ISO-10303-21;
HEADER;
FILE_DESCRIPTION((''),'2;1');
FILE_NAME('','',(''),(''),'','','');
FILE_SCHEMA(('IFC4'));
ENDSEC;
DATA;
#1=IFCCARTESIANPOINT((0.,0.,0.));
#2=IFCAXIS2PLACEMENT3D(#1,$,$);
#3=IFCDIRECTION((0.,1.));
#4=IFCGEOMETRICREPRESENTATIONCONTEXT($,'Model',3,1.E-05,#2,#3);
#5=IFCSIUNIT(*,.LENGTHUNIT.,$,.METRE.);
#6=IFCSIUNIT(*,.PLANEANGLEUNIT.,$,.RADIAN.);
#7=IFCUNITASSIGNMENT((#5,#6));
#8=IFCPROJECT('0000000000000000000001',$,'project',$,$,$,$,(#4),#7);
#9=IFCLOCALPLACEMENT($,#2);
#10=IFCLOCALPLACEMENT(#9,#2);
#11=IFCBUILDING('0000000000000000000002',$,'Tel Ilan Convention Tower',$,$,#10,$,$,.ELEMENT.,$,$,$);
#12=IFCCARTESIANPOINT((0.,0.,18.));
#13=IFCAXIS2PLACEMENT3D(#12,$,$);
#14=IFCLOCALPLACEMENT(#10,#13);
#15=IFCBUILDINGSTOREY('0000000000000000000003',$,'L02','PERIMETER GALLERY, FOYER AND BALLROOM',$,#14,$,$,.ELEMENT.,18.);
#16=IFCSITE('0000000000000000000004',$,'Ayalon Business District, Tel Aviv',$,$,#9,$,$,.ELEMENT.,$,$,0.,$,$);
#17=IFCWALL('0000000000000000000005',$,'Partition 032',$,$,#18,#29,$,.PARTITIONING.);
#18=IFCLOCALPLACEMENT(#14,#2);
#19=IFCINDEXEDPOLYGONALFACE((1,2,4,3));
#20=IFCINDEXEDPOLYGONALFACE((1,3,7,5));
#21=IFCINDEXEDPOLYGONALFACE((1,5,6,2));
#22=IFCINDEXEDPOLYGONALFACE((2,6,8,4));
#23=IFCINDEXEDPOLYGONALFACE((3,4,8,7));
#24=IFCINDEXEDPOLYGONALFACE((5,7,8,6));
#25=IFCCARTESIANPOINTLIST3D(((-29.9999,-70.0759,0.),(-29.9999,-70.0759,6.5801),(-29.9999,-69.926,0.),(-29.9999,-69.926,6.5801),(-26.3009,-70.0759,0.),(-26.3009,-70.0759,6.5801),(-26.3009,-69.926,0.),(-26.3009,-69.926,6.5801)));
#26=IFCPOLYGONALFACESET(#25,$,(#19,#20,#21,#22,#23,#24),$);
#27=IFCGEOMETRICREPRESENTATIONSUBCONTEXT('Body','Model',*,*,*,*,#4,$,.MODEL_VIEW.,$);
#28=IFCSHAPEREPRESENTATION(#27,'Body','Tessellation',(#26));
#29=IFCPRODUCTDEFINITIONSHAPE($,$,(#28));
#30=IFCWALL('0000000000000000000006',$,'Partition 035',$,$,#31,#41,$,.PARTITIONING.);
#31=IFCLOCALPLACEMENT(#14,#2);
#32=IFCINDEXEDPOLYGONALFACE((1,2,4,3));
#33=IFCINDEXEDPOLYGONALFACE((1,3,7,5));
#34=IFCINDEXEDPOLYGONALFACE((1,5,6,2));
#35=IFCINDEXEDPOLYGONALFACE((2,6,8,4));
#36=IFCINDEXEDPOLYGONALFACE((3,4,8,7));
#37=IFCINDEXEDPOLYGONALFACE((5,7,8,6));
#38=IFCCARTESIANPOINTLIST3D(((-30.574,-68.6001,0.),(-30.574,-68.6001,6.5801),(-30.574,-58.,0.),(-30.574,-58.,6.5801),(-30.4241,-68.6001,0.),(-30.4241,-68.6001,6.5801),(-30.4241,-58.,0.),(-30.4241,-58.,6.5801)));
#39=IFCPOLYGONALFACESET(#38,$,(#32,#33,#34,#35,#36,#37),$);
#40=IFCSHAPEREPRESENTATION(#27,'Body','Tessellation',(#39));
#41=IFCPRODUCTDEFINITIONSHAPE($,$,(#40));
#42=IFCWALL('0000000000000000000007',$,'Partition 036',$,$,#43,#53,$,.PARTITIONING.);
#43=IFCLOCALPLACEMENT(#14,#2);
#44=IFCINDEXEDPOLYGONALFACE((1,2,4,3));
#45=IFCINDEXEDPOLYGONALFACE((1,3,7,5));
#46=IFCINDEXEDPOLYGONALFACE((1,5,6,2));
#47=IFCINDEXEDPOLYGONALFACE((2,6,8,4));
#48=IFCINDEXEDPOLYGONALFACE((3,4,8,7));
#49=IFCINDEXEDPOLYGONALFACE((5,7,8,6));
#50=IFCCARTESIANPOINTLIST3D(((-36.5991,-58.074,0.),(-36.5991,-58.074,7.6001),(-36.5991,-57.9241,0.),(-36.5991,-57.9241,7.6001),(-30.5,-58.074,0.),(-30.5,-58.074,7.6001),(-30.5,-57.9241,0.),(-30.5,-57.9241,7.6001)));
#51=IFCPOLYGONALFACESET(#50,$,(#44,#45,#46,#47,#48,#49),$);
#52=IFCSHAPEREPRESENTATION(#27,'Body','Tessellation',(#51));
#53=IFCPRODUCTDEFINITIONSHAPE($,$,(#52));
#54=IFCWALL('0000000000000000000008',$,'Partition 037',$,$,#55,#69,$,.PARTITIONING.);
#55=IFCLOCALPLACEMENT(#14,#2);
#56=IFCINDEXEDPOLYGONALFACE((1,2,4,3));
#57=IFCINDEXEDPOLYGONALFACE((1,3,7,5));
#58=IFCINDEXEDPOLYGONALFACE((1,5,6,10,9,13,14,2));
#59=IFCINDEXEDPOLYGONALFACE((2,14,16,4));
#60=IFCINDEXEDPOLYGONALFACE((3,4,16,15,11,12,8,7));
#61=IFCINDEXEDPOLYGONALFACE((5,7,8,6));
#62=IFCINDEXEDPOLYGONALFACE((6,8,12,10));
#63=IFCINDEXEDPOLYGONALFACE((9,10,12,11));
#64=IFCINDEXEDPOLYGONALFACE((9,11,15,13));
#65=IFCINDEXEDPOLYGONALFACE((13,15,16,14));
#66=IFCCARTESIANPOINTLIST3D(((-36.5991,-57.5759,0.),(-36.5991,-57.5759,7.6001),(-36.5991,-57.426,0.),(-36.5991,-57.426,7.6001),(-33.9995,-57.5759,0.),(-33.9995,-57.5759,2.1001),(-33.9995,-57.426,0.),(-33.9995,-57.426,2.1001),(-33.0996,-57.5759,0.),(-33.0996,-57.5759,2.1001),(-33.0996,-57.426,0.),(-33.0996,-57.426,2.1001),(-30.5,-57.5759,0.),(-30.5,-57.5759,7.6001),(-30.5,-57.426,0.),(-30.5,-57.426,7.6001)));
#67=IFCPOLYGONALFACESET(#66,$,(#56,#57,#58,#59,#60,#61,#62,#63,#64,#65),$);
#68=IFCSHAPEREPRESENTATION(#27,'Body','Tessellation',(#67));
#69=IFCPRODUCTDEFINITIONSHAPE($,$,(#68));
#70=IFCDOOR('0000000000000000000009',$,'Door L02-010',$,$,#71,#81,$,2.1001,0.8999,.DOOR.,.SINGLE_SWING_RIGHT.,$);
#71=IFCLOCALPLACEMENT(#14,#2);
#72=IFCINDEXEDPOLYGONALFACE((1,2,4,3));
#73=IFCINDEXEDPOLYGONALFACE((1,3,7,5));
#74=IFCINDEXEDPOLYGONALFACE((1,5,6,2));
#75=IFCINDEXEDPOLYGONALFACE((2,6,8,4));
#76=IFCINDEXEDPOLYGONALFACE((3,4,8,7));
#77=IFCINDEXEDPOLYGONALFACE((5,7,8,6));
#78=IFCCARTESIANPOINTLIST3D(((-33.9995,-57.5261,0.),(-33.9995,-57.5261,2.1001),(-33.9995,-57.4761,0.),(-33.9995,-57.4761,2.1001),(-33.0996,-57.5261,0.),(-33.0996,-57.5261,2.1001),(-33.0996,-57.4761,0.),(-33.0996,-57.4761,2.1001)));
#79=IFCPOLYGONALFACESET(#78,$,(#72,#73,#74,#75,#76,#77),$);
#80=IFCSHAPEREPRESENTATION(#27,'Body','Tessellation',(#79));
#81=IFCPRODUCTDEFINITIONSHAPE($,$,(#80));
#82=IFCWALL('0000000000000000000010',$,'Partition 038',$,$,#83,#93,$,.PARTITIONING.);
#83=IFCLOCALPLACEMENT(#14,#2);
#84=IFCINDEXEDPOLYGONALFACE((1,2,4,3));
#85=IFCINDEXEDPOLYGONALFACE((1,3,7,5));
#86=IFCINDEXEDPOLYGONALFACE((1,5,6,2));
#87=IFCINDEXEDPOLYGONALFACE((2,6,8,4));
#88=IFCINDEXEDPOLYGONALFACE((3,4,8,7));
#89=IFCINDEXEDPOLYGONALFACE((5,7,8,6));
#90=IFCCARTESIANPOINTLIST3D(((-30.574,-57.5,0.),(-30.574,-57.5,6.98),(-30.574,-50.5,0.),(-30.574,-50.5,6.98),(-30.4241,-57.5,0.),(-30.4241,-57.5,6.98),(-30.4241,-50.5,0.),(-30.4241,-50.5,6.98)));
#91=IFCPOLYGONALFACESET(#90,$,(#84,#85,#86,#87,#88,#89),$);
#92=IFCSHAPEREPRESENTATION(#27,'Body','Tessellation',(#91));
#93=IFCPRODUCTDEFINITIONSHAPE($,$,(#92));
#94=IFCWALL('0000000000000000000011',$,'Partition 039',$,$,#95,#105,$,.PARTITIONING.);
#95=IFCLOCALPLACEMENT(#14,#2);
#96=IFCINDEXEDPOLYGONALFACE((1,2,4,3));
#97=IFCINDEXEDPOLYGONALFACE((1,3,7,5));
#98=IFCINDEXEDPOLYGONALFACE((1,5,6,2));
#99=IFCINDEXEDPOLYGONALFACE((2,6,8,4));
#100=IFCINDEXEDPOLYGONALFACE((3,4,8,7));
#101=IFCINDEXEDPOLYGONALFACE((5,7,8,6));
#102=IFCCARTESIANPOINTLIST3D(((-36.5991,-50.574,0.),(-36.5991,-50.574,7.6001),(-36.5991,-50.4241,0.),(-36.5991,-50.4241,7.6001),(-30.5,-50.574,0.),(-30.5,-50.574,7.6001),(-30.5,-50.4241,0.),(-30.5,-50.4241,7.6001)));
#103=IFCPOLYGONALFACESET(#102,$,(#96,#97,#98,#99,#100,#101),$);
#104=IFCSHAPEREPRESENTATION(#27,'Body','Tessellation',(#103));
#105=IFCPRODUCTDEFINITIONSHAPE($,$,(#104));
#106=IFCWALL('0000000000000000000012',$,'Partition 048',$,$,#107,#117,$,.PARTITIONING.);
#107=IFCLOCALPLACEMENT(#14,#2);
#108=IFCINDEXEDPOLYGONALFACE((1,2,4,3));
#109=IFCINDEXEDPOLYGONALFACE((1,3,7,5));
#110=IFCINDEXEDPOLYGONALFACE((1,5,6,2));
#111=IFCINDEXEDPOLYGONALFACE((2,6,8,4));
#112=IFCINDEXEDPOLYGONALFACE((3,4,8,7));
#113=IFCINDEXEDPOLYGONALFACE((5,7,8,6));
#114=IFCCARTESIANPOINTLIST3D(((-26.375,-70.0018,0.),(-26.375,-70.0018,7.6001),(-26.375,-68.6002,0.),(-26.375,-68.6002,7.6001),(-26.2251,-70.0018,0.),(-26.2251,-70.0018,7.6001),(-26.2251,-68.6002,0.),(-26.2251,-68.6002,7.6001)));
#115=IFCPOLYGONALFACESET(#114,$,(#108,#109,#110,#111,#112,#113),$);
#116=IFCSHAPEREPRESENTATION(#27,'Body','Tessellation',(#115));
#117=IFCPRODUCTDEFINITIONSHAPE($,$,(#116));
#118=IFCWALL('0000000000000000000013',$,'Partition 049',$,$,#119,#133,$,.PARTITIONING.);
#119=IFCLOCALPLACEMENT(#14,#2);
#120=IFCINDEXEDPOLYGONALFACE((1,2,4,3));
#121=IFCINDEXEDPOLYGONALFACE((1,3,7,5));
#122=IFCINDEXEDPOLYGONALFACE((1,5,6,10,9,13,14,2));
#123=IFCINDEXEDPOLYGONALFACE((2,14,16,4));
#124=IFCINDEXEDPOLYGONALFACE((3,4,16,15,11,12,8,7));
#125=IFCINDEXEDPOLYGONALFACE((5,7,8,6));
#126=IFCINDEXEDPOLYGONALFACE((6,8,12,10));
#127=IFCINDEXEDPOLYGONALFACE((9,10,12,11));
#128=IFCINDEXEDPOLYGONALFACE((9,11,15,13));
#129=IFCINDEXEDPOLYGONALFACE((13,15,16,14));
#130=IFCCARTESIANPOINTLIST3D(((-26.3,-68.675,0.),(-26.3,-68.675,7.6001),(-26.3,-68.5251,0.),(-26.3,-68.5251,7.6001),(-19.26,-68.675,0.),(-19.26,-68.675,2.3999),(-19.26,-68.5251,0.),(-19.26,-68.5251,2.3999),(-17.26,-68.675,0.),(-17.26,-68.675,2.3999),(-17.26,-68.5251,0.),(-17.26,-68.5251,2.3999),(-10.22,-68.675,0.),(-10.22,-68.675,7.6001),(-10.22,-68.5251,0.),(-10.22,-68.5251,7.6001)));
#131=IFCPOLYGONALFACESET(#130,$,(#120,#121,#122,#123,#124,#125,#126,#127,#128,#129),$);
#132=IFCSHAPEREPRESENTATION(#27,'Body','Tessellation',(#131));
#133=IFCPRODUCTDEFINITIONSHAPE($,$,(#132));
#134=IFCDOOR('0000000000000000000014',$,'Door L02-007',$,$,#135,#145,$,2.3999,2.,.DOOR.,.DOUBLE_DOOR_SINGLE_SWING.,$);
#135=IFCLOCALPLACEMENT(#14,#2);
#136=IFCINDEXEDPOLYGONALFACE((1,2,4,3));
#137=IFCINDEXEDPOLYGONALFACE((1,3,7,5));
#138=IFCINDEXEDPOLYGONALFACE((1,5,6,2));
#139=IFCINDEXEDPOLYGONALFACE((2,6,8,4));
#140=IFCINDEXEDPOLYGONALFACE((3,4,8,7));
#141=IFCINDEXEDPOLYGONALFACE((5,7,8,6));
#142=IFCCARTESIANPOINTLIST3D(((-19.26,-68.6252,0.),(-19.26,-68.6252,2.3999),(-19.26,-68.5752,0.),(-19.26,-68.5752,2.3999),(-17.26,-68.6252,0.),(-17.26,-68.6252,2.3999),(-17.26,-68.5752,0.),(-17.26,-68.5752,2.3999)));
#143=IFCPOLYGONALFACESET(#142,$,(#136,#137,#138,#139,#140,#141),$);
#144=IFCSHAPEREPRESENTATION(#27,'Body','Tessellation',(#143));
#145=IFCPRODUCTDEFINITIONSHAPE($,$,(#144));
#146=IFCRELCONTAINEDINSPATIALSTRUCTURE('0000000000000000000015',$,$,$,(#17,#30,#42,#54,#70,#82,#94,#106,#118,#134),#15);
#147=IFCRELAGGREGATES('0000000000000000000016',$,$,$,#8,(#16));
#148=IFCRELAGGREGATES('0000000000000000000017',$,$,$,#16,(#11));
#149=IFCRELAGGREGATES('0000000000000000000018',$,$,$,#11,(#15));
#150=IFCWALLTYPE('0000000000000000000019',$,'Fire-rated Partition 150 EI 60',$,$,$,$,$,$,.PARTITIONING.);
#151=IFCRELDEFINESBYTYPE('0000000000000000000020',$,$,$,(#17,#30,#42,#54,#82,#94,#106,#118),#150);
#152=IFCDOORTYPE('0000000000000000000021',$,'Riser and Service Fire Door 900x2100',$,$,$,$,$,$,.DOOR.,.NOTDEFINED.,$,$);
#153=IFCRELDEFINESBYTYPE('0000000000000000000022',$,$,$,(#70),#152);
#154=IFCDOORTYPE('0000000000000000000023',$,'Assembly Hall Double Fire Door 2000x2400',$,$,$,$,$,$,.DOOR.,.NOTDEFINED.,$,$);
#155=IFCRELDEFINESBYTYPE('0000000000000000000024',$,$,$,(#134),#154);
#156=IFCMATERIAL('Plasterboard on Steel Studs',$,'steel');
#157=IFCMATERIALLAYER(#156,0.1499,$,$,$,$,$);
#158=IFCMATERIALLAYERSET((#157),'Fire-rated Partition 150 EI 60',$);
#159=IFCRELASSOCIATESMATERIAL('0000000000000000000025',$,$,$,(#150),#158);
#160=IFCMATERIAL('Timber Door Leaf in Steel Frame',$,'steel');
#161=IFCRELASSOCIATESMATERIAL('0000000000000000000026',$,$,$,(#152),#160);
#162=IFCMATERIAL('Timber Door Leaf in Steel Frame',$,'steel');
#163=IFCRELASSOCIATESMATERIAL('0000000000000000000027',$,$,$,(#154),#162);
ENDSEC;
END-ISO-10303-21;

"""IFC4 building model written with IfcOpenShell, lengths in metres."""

from ifc_helpers import new_model, si_unit, direction, frame, frame_2d, origin, place, context, subcontext, project, spatial, rectangle, extrude, material, layer, layer_set, type_object, element, fill, save


model = new_model("IFC4")

# Units and contexts
model_context = context("Model", 3, precision=1e-05, world=origin(), true_north=direction((0.0, 1.0)))
body_context = subcontext(model_context, "Body", "Model", "MODEL_VIEW")
ifc_project = project(units=[si_unit("LENGTHUNIT", "METRE"), si_unit("PLANEANGLEUNIT", "RADIAN")], contexts=[model_context])

# Site, building, storey
site_placement = place(None, origin())
site = spatial("IfcSite", under=ifc_project, at=site_placement, Name="Ayalon Business District, Tel Aviv", CompositionType="ELEMENT", RefElevation=0.0)
building_placement = place(site_placement, origin())
building = spatial("IfcBuilding", under=site, at=building_placement, Name="Tel Ilan Convention Tower", CompositionType="ELEMENT")
storey_placement = place(building_placement, frame((0.0, 0.0, 18.0)))
storey = spatial("IfcBuildingStorey", under=building, at=storey_placement, Name="L02", Description="PERIMETER GALLERY, FOYER AND BALLROOM", CompositionType="ELEMENT", Elevation=18.0)

# Walls
ifc_material_1 = material(Name="Plasterboard on Steel Studs", Category="steel")
ifc_layer = layer(ifc_material_1, 0.1499)
ifc_layer_set = layer_set([ifc_layer], Name="Fire-rated Partition 150 EI 60")
wall_type = type_object("IfcWallType", Name="Fire-rated Partition 150 EI 60", PredefinedType="PARTITIONING", material=ifc_layer_set)
wall_1_placement = place(storey_placement, frame((-30.0, -70.001, 0.0), z_axis=(0.0, 0.0, 1.0), x_axis=(1.0, 0.0, 0.0)))
element("IfcWall", 1, at=wall_1_placement, inside=storey, type_object=wall_type, Name="Partition 032", PredefinedType="PARTITIONING", context=body_context, shape_type="SweptSolid", body=[
    extrude(rectangle(XDim=3.699, YDim=0.1499, at=frame_2d((1.8496, 0.0))), origin(), (0.0, 0.0, 1.0), 6.5801),
])
wall_2_placement = place(storey_placement, frame((-30.499, -68.6001, 0.0), z_axis=(0.0, 0.0, 1.0), x_axis=(0.0, 1.0, 0.0)))
element("IfcWall", 2, at=wall_2_placement, inside=storey, type_object=wall_type, Name="Partition 035", PredefinedType="PARTITIONING", context=body_context, shape_type="SweptSolid", body=[
    extrude(rectangle(XDim=10.6001, YDim=0.1499, at=frame_2d((5.3, 0.0))), origin(), (0.0, 0.0, 1.0), 6.5801),
])
wall_3_placement = place(storey_placement, frame((-30.5, -57.999, 0.0), z_axis=(0.0, 0.0, 1.0), x_axis=(-1.0, 0.0, 0.0)))
element("IfcWall", 3, at=wall_3_placement, inside=storey, type_object=wall_type, Name="Partition 036", PredefinedType="PARTITIONING", context=body_context, shape_type="SweptSolid", body=[
    extrude(rectangle(XDim=6.0991, YDim=0.1499, at=frame_2d((3.0496, 0.0))), origin(), (0.0, 0.0, 1.0), 7.6001),
])

# Wall, opening, door
wall_4_placement = place(storey_placement, frame((-36.5991, -57.501, 0.0), z_axis=(0.0, 0.0, 1.0), x_axis=(1.0, 0.0, 0.0)))
wall_4 = element("IfcWall", 4, at=wall_4_placement, inside=storey, type_object=wall_type, Name="Partition 037", PredefinedType="PARTITIONING", context=body_context, shape_type="SweptSolid", body=[
    extrude(rectangle(XDim=6.0991, YDim=0.1499, at=frame_2d((3.0496, 0.0))), origin(), (0.0, 0.0, 1.0), 7.6001),
])
opening_1_placement = place(wall_4_placement, frame((2.5996, 0.0, 0.0)))
opening_1 = element("IfcOpeningElement", 5, at=opening_1_placement, cuts=wall_4, PredefinedType="OPENING", context=body_context, shape_type="SweptSolid", body=[
    extrude(rectangle(XDim=0.8999, YDim=2.1001, at=frame_2d((0.45, 1.05))), frame((0.0, 0.085, 0.0), z_axis=(0.0, -1.0, 0.0), x_axis=(1.0, 0.0, 0.0)), (0.0, 0.0, 1.0), 0.1699),
])
ifc_material_2 = material(Name="Timber Door Leaf in Steel Frame", Category="steel")
door_type_1 = type_object("IfcDoorType", Name="Riser and Service Fire Door 900x2100", OperationType="NOTDEFINED", PredefinedType="DOOR", material=ifc_material_2)
door_1_placement = place(opening_1_placement, origin())
door_1 = element("IfcDoor", 6, at=door_1_placement, inside=storey, type_object=door_type_1, Name="Door L02-010", OperationType="SINGLE_SWING_RIGHT", OverallHeight=2.1001, OverallWidth=0.8999, PredefinedType="DOOR", context=body_context, shape_type="SweptSolid", body=[
    extrude(rectangle(XDim=0.8999, YDim=2.1001, at=frame_2d((0.45, 1.05))), frame((0.0, 0.0249, 0.0), z_axis=(0.0, -1.0, 0.0), x_axis=(1.0, 0.0, 0.0)), (0.0, 0.0, 1.0), 0.05),
])
fill(opening_1, door_1)

# Walls
wall_5_placement = place(storey_placement, frame((-30.499, -57.5, 0.0), z_axis=(0.0, 0.0, 1.0), x_axis=(0.0, 1.0, 0.0)))
element("IfcWall", 7, at=wall_5_placement, inside=storey, type_object=wall_type, Name="Partition 038", PredefinedType="PARTITIONING", context=body_context, shape_type="SweptSolid", body=[
    extrude(rectangle(XDim=7.0, YDim=0.1499, at=frame_2d((3.5, 0.0))), origin(), (0.0, 0.0, 1.0), 6.98),
])
wall_6_placement = place(storey_placement, frame((-30.5, -50.499, 0.0), z_axis=(0.0, 0.0, 1.0), x_axis=(-1.0, 0.0, 0.0)))
element("IfcWall", 8, at=wall_6_placement, inside=storey, type_object=wall_type, Name="Partition 039", PredefinedType="PARTITIONING", context=body_context, shape_type="SweptSolid", body=[
    extrude(rectangle(XDim=6.0991, YDim=0.1499, at=frame_2d((3.0496, 0.0))), origin(), (0.0, 0.0, 1.0), 7.6001),
])
wall_7_placement = place(storey_placement, frame((-26.3, -70.0017, 0.0), z_axis=(0.0, 0.0, 1.0), x_axis=(0.0, 1.0, 0.0)))
element("IfcWall", 9, at=wall_7_placement, inside=storey, type_object=wall_type, Name="Partition 048", PredefinedType="PARTITIONING", context=body_context, shape_type="SweptSolid", body=[
    extrude(rectangle(XDim=1.4016, YDim=0.1499, at=frame_2d((0.7007, 0.0))), origin(), (0.0, 0.0, 1.0), 7.6001),
])

# Wall, opening, door
wall_8_placement = place(storey_placement, frame((-26.3, -68.6001, 0.0), z_axis=(0.0, 0.0, 1.0), x_axis=(1.0, 0.0, 0.0)))
wall_8 = element("IfcWall", 10, at=wall_8_placement, inside=storey, type_object=wall_type, Name="Partition 049", PredefinedType="PARTITIONING", context=body_context, shape_type="SweptSolid", body=[
    extrude(rectangle(XDim=16.0801, YDim=0.1499, at=frame_2d((8.04, 0.0))), origin(), (0.0, 0.0, 1.0), 7.6001),
])
opening_2_placement = place(wall_8_placement, frame((7.04, 0.0, 0.0)))
opening_2 = element("IfcOpeningElement", 11, at=opening_2_placement, cuts=wall_8, PredefinedType="OPENING", context=body_context, shape_type="SweptSolid", body=[
    extrude(rectangle(XDim=2.0, YDim=2.3999, at=frame_2d((1.0, 1.2))), frame((0.0, 0.085, 0.0), z_axis=(0.0, -1.0, 0.0), x_axis=(1.0, 0.0, 0.0)), (0.0, 0.0, 1.0), 0.1699),
])
ifc_material_3 = material(Name="Timber Door Leaf in Steel Frame", Category="steel")
door_type_2 = type_object("IfcDoorType", Name="Assembly Hall Double Fire Door 2000x2400", OperationType="NOTDEFINED", PredefinedType="DOOR", material=ifc_material_3)
door_2_placement = place(opening_2_placement, origin())
door_2 = element("IfcDoor", 12, at=door_2_placement, inside=storey, type_object=door_type_2, Name="Door L02-007", OperationType="DOUBLE_DOOR_SINGLE_SWING", OverallHeight=2.3999, OverallWidth=2.0, PredefinedType="DOOR", context=body_context, shape_type="SweptSolid", body=[
    extrude(rectangle(XDim=2.0, YDim=2.3999, at=frame_2d((1.0, 1.2))), frame((0.0, 0.0249, 0.0), z_axis=(0.0, -1.0, 0.0), x_axis=(1.0, 0.0, 0.0)), (0.0, 0.0, 1.0), 0.05),
])
fill(opening_2, door_2)

save(model, "model.ifc")
